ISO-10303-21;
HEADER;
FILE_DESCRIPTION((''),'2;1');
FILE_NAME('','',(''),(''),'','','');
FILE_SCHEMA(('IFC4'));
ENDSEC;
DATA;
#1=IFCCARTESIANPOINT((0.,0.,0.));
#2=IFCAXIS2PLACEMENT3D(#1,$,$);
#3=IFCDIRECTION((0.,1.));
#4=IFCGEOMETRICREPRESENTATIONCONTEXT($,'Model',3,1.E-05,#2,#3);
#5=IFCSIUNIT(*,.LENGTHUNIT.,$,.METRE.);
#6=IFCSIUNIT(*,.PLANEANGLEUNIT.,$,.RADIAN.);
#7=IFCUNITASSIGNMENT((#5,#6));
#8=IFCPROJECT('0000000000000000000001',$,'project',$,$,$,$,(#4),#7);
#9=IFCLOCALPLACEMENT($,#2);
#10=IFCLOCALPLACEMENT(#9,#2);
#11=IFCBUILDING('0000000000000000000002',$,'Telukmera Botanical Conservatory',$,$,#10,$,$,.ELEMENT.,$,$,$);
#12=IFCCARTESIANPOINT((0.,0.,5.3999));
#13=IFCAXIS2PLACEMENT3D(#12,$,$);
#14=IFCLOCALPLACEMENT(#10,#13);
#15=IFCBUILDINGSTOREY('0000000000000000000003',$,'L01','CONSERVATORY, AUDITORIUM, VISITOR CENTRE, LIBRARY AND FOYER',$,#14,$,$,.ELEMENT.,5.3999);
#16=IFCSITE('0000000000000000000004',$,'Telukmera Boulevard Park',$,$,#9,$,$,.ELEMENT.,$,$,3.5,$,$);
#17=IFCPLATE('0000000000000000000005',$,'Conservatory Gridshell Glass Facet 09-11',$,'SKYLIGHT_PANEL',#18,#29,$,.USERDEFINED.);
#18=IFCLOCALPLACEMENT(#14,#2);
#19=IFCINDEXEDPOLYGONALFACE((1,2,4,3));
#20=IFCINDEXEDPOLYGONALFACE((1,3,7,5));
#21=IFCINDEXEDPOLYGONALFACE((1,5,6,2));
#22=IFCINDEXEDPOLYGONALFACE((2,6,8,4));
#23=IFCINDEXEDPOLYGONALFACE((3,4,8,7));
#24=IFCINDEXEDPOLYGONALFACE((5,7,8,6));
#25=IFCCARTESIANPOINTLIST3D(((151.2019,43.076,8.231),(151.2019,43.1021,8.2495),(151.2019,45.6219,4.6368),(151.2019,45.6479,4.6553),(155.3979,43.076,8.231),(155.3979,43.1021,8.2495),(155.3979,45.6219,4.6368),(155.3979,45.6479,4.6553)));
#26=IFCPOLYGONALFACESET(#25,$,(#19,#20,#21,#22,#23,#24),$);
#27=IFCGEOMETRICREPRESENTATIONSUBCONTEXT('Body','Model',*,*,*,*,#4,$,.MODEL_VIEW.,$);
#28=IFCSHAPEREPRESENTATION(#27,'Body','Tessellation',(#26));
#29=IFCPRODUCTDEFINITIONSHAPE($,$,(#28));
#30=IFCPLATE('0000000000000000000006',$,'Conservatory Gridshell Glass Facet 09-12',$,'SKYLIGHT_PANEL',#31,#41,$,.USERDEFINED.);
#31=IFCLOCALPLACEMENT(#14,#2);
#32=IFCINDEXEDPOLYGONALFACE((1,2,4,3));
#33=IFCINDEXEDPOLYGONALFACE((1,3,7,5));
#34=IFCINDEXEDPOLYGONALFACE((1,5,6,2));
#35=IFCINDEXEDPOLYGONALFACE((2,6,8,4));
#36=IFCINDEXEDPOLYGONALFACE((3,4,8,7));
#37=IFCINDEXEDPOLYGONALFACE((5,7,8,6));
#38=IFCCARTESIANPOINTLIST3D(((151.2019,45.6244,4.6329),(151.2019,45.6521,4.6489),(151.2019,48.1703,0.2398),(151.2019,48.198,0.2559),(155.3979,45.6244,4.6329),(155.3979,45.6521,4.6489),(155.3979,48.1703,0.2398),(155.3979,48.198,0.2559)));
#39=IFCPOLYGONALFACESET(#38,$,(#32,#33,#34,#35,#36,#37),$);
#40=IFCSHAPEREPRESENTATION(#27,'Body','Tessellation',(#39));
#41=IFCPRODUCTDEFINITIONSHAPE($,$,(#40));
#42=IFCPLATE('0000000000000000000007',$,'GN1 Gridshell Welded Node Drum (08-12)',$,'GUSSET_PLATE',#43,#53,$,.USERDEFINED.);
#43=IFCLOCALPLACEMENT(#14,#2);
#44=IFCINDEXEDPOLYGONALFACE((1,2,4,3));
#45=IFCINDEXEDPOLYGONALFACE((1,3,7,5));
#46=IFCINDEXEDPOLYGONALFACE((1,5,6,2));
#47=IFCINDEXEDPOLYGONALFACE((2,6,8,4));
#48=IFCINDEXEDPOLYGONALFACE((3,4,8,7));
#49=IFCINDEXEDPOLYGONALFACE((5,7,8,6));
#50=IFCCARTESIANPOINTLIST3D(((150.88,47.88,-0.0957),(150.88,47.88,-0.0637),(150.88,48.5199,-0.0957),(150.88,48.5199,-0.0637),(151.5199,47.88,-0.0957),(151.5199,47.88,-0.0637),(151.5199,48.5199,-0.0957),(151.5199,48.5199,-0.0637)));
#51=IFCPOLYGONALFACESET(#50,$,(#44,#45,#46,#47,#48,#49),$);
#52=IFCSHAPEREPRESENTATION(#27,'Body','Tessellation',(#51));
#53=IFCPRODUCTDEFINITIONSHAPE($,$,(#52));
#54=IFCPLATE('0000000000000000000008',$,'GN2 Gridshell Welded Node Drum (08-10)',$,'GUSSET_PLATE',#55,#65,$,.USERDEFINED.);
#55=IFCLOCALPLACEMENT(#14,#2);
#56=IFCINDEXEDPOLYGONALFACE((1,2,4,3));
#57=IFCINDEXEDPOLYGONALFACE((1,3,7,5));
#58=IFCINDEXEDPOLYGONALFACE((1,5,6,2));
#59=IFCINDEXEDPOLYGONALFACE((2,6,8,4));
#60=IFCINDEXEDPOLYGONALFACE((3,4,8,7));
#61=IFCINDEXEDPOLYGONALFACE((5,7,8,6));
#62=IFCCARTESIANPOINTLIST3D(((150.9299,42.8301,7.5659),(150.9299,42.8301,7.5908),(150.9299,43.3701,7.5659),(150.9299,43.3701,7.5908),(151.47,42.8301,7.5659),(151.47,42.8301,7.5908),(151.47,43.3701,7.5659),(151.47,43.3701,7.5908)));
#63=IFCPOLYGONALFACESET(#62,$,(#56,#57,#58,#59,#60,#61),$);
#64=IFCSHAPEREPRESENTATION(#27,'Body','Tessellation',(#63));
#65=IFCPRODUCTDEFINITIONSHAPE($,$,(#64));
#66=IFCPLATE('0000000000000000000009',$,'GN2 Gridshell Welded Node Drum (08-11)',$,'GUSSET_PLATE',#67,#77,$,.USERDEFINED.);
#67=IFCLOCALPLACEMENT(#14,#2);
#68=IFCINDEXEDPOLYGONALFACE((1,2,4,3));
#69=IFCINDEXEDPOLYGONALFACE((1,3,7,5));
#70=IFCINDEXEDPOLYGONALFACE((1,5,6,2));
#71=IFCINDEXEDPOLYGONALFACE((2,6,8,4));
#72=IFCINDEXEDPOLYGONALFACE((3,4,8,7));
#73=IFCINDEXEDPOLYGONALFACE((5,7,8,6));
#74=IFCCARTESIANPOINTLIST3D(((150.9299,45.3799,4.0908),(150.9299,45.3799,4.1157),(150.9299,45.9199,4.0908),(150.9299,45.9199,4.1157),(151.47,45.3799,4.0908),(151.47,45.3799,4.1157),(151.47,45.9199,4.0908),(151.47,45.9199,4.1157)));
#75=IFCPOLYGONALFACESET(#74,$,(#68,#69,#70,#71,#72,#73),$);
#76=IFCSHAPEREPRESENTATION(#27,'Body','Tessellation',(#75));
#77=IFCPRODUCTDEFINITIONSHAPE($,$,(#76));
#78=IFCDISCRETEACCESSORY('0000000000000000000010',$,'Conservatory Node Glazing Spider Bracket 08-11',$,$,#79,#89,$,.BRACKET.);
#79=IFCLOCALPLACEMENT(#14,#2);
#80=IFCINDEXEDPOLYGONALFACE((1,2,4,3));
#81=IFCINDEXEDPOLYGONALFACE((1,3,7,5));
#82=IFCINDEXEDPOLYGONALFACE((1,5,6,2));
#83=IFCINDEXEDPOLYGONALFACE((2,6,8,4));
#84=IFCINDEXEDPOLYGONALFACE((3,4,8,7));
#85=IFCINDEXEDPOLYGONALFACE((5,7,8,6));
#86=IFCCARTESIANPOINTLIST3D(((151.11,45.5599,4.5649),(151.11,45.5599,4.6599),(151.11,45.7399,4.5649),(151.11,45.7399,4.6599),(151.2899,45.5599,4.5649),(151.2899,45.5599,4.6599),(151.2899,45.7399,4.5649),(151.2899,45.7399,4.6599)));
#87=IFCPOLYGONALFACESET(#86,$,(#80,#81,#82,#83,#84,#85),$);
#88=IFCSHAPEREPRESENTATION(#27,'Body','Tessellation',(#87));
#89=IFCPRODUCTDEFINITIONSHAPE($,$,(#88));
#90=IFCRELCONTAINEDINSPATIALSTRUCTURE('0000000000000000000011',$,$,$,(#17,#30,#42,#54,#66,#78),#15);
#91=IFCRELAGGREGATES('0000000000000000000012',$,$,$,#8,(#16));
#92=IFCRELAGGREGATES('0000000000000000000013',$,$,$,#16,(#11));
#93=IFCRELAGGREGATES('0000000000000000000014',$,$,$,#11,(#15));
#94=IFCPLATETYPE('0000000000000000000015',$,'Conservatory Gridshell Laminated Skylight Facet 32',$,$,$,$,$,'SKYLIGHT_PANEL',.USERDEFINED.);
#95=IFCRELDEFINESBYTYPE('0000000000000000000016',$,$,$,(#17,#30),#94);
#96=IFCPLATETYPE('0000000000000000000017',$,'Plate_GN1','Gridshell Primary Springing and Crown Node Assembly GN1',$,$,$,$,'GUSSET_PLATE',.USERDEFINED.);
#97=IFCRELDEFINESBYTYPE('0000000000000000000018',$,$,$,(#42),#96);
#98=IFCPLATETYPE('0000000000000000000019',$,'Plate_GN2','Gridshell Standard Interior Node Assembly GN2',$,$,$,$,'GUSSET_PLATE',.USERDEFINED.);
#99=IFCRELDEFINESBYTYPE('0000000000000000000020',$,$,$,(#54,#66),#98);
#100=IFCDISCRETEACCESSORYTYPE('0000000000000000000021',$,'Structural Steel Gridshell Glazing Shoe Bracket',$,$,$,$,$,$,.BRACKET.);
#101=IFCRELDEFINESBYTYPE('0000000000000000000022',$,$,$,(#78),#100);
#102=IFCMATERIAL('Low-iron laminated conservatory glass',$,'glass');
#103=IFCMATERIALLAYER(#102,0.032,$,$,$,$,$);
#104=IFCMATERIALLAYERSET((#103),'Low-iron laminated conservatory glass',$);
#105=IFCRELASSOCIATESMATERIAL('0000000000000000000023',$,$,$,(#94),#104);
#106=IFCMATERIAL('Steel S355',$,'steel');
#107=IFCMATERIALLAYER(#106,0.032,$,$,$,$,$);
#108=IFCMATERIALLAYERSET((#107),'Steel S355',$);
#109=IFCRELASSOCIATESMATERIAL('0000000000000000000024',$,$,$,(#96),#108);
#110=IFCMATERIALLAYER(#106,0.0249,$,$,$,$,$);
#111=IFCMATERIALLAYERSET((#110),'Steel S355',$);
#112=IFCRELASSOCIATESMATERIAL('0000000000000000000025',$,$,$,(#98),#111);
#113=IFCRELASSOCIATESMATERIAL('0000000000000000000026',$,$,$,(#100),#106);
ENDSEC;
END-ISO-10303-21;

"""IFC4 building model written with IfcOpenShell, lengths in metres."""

from ifc_helpers import new_model, si_unit, direction, frame, origin, origin_2d, place, context, subcontext, project, spatial, polyline, rectangle, outline, extrude, material, layer, layer_set, type_object, element, save


model = new_model("IFC4")

# Units and contexts
model_context = context("Model", 3, precision=1e-05, world=origin(), true_north=direction((0.0, 1.0)))
body_context = subcontext(model_context, "Body", "Model", "MODEL_VIEW")
ifc_project = project(units=[si_unit("LENGTHUNIT", "METRE"), si_unit("PLANEANGLEUNIT", "RADIAN")], contexts=[model_context])

# Site, building, storey
site_placement = place(None, origin())
site = spatial("IfcSite", under=ifc_project, at=site_placement, Name="Telukmera Boulevard Park", CompositionType="ELEMENT", RefElevation=3.5)
building_placement = place(site_placement, origin())
building = spatial("IfcBuilding", under=site, at=building_placement, Name="Telukmera Botanical Conservatory", CompositionType="ELEMENT")
storey_placement = place(building_placement, frame((0.0, 0.0, 5.3999)))
storey = spatial("IfcBuildingStorey", under=building, at=storey_placement, Name="L01", Description="CONSERVATORY, AUDITORIUM, VISITOR CENTRE, LIBRARY AND FOYER", CompositionType="ELEMENT", Elevation=5.3999)

# Shared definitions
ifc_material_1 = material(Name="Steel S355", Category="steel")

# Plates
ifc_material_2 = material(Name="Low-iron laminated conservatory glass", Category="glass")
ifc_layer_1 = layer(ifc_material_2, 0.032)
ifc_layer_set_1 = layer_set([ifc_layer_1], Name="Low-iron laminated conservatory glass")
plate_type_1 = type_object("IfcPlateType", Name="Conservatory Gridshell Laminated Skylight Facet 32", ElementType="SKYLIGHT_PANEL", PredefinedType="USERDEFINED", material=ifc_layer_set_1)
plate_1_placement = place(storey_placement, frame((151.2019, 43.1021, 8.2495), z_axis=(0.0, 0.816027, 0.578014), x_axis=(1.0, 0.0, 0.0)))
element("IfcPlate", 1, at=plate_1_placement, inside=storey, type_object=plate_type_1, Name="Conservatory Gridshell Glass Facet 09-11", ObjectType="SKYLIGHT_PANEL", PredefinedType="USERDEFINED", context=body_context, shape_type="SweptSolid", body=[
    extrude(outline(polyline([(0.0, 0.0), (4.196, 0.0), (4.196, 4.4046), (0.0, 4.4046), (0.0, 0.0)])), origin(), (0.0, 0.0, -1.0), 0.032),
])
plate_2_placement = place(storey_placement, frame((151.2019, 45.6521, 4.6489), z_axis=(0.0, 0.865209, 0.501412), x_axis=(1.0, 0.0, 0.0)))
element("IfcPlate", 2, at=plate_2_placement, inside=storey, type_object=plate_type_1, Name="Conservatory Gridshell Glass Facet 09-12", ObjectType="SKYLIGHT_PANEL", PredefinedType="USERDEFINED", context=body_context, shape_type="SweptSolid", body=[
    extrude(outline(polyline([(0.0, 0.0), (4.196, 0.0), (4.196, 5.0775), (0.0, 5.0775), (0.0, 0.0)])), origin(), (0.0, 0.0, -1.0), 0.032),
])
ifc_layer_2 = layer(ifc_material_1, 0.032)
ifc_layer_set_2 = layer_set([ifc_layer_2], Name="Steel S355")
plate_type_2 = type_object("IfcPlateType", Name="Plate_GN1", Description="Gridshell Primary Springing and Crown Node Assembly GN1", ElementType="GUSSET_PLATE", PredefinedType="USERDEFINED", material=ifc_layer_set_2)
plate_3_placement = place(storey_placement, frame((151.2, 48.2, -0.0957), z_axis=(0.0, 0.0, 1.0), x_axis=(1.0, 0.0, 0.0)))
element("IfcPlate", 3, at=plate_3_placement, inside=storey, type_object=plate_type_2, Name="GN1 Gridshell Welded Node Drum (08-12)", ObjectType="GUSSET_PLATE", PredefinedType="USERDEFINED", context=body_context, shape_type="SweptSolid", body=[
    extrude(rectangle(XDim=0.6399, YDim=0.6399, at=origin_2d()), origin(), (0.0, 0.0, 1.0), 0.032),
])
ifc_layer_3 = layer(ifc_material_1, 0.0249)
ifc_layer_set_3 = layer_set([ifc_layer_3], Name="Steel S355")
plate_type_3 = type_object("IfcPlateType", Name="Plate_GN2", Description="Gridshell Standard Interior Node Assembly GN2", ElementType="GUSSET_PLATE", PredefinedType="USERDEFINED", material=ifc_layer_set_3)
for number, where, z_axis, x_axis, name in (
    (4, (151.2, 43.1001, 7.5659), (0.0, 0.0, 1.0), (1.0, 0.0, 0.0), "GN2 Gridshell Welded Node Drum (08-10)"),
    (5, (151.2, 45.6499, 4.0908), (0.0, 0.0, 1.0), (1.0, 0.0, 0.0), "GN2 Gridshell Welded Node Drum (08-11)"),
):
    element("IfcPlate", number, at=place(storey_placement, frame(where, z_axis=z_axis, x_axis=x_axis)), inside=storey, type_object=plate_type_3, Name=name, ObjectType="GUSSET_PLATE", PredefinedType="USERDEFINED", context=body_context, shape_type="SweptSolid", body=[
        extrude(rectangle(XDim=0.54, YDim=0.54, at=origin_2d()), origin(), (0.0, 0.0, 1.0), 0.0249),
    ])

# Discrete accessory
discrete_accessory_type = type_object("IfcDiscreteAccessoryType", Name="Structural Steel Gridshell Glazing Shoe Bracket", PredefinedType="BRACKET", material=ifc_material_1)
discrete_accessory_placement = place(storey_placement, frame((151.2, 45.6499, 4.5649), z_axis=(0.0, 0.0, 1.0), x_axis=(1.0, 0.0, 0.0)))
element("IfcDiscreteAccessory", 6, at=discrete_accessory_placement, inside=storey, type_object=discrete_accessory_type, Name="Conservatory Node Glazing Spider Bracket 08-11", PredefinedType="BRACKET", context=body_context, shape_type="SweptSolid", body=[
    extrude(rectangle(XDim=0.1799, YDim=0.1799, at=origin_2d()), origin(), (0.0, 0.0, 1.0), 0.095),
])

save(model, "model.ifc")
